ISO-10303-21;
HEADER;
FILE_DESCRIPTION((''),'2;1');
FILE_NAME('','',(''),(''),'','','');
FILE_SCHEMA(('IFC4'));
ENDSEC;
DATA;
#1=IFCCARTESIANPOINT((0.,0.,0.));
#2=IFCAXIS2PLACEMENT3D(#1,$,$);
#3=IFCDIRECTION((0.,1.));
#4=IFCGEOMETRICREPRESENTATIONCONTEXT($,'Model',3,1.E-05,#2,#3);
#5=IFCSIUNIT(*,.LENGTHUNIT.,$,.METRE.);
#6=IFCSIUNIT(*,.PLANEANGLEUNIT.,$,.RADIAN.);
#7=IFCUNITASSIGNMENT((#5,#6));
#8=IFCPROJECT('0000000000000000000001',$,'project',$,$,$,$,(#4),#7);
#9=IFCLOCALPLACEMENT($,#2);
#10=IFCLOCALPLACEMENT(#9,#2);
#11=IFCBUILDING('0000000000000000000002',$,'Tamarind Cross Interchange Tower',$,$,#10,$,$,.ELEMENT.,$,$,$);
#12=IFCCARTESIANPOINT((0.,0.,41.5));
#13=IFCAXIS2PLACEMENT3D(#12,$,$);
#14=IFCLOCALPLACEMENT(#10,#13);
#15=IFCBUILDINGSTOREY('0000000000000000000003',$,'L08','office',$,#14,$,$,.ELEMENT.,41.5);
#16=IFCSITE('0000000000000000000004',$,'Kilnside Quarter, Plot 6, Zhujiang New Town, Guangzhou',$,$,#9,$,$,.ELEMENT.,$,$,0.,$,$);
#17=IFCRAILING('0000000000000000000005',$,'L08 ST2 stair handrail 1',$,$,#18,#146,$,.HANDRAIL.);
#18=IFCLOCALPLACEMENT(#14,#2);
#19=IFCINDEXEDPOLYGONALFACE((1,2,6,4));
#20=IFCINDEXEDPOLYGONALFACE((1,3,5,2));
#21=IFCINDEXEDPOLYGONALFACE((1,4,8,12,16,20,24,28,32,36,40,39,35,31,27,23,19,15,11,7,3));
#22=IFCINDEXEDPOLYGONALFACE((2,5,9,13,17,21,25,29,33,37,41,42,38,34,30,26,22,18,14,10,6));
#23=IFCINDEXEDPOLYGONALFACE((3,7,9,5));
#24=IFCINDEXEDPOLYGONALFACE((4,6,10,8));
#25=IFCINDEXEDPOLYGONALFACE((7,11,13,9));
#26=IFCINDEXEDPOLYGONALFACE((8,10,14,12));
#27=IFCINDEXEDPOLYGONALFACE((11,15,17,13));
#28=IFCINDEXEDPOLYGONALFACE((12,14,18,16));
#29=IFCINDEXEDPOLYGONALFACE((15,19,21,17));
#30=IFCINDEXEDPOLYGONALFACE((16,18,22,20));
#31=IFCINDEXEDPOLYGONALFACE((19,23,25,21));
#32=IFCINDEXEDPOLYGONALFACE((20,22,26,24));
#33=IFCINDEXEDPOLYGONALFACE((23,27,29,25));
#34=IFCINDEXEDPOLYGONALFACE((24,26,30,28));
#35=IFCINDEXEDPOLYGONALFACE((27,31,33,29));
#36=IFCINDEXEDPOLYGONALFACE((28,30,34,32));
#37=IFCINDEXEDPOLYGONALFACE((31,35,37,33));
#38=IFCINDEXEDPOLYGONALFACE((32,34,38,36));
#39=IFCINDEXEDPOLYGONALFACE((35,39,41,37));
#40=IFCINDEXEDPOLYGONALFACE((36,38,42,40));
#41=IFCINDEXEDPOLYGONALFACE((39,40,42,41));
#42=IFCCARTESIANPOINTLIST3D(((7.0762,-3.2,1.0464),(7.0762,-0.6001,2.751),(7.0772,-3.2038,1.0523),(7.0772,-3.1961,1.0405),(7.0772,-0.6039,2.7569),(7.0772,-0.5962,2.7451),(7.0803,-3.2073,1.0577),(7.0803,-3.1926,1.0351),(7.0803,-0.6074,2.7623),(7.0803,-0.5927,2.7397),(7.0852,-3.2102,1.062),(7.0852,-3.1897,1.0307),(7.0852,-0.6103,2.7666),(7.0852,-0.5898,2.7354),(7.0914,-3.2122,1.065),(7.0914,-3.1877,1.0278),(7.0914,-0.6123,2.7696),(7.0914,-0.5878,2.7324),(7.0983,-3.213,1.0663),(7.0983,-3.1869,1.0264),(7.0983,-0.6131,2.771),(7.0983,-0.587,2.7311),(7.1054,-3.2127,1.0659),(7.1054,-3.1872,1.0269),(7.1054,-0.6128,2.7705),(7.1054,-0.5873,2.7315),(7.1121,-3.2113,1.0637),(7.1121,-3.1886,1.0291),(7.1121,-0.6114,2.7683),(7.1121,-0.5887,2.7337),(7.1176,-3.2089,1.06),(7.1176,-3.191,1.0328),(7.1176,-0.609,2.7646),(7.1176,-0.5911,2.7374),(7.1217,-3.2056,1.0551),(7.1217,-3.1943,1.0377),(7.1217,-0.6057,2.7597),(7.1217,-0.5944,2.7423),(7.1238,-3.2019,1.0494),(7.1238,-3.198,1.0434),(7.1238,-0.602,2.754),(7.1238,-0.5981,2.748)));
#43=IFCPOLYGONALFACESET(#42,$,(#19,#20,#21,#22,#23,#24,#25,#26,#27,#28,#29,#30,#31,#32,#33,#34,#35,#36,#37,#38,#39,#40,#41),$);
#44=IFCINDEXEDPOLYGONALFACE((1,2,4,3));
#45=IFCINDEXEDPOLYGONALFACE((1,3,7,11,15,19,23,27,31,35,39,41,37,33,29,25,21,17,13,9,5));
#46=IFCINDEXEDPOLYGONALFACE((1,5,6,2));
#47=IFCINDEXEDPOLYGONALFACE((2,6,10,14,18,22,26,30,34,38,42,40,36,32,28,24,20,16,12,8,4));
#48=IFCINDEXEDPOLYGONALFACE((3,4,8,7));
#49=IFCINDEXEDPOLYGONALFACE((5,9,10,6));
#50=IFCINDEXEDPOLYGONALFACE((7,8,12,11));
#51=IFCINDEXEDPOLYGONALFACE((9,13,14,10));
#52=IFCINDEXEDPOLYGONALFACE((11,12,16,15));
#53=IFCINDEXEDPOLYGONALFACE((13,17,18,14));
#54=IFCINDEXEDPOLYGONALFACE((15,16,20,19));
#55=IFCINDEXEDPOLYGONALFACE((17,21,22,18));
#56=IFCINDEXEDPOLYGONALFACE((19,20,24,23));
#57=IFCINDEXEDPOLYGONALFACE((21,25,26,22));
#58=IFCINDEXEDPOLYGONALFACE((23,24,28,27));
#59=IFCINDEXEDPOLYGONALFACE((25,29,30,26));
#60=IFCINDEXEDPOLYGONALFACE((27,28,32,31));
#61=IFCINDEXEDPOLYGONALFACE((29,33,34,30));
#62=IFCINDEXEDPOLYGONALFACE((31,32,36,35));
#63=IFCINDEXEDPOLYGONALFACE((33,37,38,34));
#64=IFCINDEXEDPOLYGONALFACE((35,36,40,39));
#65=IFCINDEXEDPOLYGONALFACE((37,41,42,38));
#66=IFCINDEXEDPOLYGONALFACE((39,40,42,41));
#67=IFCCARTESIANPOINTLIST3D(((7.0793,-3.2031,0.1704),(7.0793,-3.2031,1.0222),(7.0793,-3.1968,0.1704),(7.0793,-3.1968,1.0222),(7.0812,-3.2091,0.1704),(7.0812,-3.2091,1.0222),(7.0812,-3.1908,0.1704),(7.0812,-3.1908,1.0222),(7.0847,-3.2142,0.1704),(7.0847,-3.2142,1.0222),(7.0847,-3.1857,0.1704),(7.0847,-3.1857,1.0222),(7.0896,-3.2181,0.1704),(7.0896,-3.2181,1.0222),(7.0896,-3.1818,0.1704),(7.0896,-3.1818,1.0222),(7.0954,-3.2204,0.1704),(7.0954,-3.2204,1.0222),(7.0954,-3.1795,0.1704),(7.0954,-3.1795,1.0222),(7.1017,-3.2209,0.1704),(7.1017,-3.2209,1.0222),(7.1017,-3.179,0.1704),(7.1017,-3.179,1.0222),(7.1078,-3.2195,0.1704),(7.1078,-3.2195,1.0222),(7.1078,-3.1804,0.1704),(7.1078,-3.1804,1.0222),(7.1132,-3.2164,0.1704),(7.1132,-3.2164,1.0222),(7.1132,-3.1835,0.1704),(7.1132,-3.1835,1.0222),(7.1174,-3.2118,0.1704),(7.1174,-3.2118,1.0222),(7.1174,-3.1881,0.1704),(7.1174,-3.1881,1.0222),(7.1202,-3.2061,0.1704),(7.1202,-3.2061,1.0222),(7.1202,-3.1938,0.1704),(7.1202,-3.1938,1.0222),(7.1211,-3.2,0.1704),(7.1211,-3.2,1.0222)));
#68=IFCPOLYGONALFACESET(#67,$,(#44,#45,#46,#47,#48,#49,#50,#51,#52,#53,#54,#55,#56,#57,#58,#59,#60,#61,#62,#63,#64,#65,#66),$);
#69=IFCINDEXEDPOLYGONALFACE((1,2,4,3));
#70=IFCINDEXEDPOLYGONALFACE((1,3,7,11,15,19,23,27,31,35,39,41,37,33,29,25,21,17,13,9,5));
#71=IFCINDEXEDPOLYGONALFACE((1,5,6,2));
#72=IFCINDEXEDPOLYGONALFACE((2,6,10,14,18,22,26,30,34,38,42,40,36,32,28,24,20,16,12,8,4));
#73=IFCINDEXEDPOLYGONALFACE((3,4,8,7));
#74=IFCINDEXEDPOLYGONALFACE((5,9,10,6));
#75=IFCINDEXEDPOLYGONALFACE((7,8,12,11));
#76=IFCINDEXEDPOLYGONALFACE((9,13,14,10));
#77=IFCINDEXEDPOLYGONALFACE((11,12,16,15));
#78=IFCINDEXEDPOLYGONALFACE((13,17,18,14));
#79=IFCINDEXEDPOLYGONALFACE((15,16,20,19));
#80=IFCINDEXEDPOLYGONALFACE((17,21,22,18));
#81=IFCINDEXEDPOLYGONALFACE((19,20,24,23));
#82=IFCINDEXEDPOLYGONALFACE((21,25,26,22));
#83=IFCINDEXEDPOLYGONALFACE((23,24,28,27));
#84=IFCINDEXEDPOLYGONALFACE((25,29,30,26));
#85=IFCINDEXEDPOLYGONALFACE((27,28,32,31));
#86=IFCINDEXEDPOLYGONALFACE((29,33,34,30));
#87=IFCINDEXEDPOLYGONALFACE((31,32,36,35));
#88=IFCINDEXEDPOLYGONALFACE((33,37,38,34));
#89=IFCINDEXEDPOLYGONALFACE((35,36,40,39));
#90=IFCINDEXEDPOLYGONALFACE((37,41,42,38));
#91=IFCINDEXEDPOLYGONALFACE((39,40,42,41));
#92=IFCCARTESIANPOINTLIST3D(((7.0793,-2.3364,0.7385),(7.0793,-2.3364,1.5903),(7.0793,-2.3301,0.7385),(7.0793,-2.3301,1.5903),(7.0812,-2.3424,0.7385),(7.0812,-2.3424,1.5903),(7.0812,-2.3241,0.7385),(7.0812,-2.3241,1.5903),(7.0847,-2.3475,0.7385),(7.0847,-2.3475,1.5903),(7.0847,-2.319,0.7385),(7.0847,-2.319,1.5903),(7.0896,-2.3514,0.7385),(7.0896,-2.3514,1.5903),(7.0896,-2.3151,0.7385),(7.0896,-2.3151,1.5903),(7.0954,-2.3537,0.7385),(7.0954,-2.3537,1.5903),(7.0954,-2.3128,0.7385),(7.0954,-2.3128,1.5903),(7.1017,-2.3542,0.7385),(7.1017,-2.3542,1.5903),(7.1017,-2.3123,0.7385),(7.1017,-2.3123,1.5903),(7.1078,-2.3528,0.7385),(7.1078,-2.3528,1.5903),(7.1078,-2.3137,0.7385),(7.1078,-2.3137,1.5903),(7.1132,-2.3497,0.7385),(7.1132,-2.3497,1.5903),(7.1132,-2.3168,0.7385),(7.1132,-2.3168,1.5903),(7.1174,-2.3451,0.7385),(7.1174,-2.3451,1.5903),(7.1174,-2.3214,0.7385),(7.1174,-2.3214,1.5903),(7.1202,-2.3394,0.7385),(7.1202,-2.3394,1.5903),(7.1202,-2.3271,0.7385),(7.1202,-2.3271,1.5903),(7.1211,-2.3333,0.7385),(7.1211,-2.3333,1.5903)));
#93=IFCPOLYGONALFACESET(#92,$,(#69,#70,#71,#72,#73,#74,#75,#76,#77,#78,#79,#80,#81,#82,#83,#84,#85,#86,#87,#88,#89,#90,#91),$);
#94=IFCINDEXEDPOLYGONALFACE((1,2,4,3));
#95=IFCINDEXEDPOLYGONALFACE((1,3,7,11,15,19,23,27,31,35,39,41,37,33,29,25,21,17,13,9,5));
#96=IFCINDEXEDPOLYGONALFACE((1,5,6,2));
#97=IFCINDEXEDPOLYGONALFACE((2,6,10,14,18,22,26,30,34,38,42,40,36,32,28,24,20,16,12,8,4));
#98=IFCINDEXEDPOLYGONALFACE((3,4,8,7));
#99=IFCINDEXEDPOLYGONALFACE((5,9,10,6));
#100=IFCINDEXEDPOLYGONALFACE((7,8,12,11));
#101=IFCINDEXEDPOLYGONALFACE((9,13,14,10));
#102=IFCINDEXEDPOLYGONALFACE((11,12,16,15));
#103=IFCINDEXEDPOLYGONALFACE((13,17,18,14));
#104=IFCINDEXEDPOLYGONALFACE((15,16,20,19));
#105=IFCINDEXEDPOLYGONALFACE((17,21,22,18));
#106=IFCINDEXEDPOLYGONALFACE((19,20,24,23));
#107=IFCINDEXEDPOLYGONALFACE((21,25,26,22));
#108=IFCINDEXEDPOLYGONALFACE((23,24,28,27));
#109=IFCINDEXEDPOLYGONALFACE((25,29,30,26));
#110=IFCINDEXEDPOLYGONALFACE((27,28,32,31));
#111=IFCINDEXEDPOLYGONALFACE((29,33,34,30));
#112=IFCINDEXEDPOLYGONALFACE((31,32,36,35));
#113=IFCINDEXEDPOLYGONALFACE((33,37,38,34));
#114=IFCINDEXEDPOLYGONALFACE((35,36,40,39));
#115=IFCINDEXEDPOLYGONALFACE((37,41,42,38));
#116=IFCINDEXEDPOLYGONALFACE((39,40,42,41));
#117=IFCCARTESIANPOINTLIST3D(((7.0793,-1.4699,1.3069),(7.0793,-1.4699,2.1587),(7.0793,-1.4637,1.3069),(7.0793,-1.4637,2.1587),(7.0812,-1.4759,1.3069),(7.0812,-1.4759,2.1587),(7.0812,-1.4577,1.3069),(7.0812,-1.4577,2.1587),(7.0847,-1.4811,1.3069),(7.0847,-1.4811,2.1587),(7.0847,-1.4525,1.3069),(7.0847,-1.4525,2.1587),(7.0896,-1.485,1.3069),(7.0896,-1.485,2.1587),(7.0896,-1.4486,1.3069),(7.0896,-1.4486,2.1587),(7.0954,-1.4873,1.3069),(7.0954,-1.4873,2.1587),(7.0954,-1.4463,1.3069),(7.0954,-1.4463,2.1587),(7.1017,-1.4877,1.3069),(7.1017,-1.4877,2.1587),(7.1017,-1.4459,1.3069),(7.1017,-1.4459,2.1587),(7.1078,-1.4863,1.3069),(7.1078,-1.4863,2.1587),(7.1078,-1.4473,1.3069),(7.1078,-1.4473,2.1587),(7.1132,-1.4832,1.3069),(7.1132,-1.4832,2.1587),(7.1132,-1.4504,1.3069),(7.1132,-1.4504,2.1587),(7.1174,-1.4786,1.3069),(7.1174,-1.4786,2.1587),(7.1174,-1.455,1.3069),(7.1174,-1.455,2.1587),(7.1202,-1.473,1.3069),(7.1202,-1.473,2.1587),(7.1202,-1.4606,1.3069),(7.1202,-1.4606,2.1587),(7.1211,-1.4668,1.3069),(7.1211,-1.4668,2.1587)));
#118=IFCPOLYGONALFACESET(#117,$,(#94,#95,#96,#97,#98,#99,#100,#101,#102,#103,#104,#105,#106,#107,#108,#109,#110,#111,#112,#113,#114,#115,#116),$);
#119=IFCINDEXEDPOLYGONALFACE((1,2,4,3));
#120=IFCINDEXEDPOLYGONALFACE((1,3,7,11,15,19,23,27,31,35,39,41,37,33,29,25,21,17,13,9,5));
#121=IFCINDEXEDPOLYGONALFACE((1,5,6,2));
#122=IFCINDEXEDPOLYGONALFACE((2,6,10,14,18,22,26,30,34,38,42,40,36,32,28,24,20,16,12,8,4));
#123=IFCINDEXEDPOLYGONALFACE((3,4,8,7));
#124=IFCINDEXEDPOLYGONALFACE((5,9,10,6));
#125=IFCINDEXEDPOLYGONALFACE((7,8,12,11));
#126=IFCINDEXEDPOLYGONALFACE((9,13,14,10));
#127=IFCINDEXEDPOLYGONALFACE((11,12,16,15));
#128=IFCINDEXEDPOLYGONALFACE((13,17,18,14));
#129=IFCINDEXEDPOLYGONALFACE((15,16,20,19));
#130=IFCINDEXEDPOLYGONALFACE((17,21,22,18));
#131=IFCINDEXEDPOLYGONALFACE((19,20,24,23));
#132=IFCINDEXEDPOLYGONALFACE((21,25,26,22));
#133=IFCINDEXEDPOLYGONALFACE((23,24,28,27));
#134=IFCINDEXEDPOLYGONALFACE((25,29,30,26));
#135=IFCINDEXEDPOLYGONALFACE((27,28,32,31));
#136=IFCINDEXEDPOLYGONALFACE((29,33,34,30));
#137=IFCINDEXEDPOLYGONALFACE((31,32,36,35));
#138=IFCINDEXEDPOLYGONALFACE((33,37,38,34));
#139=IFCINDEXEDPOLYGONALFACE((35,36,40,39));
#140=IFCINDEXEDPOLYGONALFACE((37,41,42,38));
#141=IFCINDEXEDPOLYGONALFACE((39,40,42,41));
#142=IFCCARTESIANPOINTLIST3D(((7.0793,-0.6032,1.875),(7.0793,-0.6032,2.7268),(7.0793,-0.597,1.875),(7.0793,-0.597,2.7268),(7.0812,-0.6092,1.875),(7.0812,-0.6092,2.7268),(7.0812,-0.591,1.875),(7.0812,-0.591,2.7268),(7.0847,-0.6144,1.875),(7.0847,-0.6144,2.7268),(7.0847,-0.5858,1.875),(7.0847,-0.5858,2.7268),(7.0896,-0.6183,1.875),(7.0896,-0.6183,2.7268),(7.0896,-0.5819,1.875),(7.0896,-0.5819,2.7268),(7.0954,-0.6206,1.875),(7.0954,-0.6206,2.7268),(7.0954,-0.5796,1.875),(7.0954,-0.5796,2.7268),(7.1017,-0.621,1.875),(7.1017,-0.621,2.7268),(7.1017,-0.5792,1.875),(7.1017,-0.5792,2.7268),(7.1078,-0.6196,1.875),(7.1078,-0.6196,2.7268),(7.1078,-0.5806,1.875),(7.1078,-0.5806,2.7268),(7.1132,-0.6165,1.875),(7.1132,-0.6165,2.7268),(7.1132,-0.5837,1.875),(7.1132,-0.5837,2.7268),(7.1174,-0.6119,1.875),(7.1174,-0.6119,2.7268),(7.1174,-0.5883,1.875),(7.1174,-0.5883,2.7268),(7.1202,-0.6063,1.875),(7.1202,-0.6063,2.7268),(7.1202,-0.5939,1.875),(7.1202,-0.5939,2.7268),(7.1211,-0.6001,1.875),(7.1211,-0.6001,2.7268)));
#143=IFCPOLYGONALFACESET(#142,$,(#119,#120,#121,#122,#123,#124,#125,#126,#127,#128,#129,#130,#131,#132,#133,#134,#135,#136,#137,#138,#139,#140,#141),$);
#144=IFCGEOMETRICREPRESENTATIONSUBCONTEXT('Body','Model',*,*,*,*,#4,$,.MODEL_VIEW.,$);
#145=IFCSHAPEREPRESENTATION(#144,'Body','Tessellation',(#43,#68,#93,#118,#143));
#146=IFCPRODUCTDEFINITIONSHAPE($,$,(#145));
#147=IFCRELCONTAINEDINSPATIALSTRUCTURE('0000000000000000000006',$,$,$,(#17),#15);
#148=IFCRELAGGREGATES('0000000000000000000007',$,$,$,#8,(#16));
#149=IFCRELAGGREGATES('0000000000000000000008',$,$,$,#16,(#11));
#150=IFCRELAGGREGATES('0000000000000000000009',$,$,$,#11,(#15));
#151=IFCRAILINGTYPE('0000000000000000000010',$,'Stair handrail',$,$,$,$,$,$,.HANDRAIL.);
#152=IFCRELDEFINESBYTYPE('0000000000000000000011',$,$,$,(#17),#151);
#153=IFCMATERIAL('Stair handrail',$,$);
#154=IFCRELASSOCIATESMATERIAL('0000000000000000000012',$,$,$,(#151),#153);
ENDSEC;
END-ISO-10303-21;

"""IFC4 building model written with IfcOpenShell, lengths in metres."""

from ifc_helpers import new_model, si_unit, direction, frame, origin, origin_2d, place, context, subcontext, project, spatial, circle, extrude, material, type_object, element, save


model = new_model("IFC4")

# Units and contexts
model_context = context("Model", 3, precision=1e-05, world=origin(), true_north=direction((0.0, 1.0)))
body_context = subcontext(model_context, "Body", "Model", "MODEL_VIEW")
ifc_project = project(units=[si_unit("LENGTHUNIT", "METRE"), si_unit("PLANEANGLEUNIT", "RADIAN")], contexts=[model_context])

# Site, building, storey
site_placement = place(None, origin())
site = spatial("IfcSite", under=ifc_project, at=site_placement, Name="Kilnside Quarter, Plot 6, Zhujiang New Town, Guangzhou", CompositionType="ELEMENT", RefElevation=0.0)
building_placement = place(site_placement, origin())
building = spatial("IfcBuilding", under=site, at=building_placement, Name="Tamarind Cross Interchange Tower", CompositionType="ELEMENT")
storey_placement = place(building_placement, frame((0.0, 0.0, 41.5)))
storey = spatial("IfcBuildingStorey", under=building, at=storey_placement, Name="L08", Description="office", CompositionType="ELEMENT", Elevation=41.5)

# Railing
ifc_material_1 = material(Name="Stair handrail")
railing_type_1 = type_object("IfcRailingType", Name="Stair handrail", PredefinedType="HANDRAIL", material=ifc_material_1)
railing_1_placement = place(storey_placement, frame((7.1001, -3.2, 0.1704)))
element("IfcRailing", 1, at=railing_1_placement, inside=storey, type_object=railing_type_1, Name="L08 ST2 stair handrail 1", PredefinedType="HANDRAIL", context=body_context, shape_type="SweptSolid", body=[
    extrude(circle(Radius=0.0239, at=origin_2d()), frame((0.0, 0.0, 0.876), z_axis=(0.0, 0.836279, 0.548305), x_axis=(-1.0, 0.0, 0.0)), (0.0, 0.0, 1.0), 3.1089),
    extrude(circle(Radius=0.021, at=origin_2d()), origin(), (0.0, 0.0, 1.0), 0.8518),
    extrude(circle(Radius=0.021, at=origin_2d()), frame((0.0, 0.8667, 0.5681)), (0.0, 0.0, 1.0), 0.8518),
    extrude(circle(Radius=0.021, at=origin_2d()), frame((0.0, 1.7332, 1.1365)), (0.0, 0.0, 1.0), 0.8518),
    extrude(circle(Radius=0.021, at=origin_2d()), frame((0.0, 2.5999, 1.7046)), (0.0, 0.0, 1.0), 0.8518),
])

save(model, "model.ifc")
